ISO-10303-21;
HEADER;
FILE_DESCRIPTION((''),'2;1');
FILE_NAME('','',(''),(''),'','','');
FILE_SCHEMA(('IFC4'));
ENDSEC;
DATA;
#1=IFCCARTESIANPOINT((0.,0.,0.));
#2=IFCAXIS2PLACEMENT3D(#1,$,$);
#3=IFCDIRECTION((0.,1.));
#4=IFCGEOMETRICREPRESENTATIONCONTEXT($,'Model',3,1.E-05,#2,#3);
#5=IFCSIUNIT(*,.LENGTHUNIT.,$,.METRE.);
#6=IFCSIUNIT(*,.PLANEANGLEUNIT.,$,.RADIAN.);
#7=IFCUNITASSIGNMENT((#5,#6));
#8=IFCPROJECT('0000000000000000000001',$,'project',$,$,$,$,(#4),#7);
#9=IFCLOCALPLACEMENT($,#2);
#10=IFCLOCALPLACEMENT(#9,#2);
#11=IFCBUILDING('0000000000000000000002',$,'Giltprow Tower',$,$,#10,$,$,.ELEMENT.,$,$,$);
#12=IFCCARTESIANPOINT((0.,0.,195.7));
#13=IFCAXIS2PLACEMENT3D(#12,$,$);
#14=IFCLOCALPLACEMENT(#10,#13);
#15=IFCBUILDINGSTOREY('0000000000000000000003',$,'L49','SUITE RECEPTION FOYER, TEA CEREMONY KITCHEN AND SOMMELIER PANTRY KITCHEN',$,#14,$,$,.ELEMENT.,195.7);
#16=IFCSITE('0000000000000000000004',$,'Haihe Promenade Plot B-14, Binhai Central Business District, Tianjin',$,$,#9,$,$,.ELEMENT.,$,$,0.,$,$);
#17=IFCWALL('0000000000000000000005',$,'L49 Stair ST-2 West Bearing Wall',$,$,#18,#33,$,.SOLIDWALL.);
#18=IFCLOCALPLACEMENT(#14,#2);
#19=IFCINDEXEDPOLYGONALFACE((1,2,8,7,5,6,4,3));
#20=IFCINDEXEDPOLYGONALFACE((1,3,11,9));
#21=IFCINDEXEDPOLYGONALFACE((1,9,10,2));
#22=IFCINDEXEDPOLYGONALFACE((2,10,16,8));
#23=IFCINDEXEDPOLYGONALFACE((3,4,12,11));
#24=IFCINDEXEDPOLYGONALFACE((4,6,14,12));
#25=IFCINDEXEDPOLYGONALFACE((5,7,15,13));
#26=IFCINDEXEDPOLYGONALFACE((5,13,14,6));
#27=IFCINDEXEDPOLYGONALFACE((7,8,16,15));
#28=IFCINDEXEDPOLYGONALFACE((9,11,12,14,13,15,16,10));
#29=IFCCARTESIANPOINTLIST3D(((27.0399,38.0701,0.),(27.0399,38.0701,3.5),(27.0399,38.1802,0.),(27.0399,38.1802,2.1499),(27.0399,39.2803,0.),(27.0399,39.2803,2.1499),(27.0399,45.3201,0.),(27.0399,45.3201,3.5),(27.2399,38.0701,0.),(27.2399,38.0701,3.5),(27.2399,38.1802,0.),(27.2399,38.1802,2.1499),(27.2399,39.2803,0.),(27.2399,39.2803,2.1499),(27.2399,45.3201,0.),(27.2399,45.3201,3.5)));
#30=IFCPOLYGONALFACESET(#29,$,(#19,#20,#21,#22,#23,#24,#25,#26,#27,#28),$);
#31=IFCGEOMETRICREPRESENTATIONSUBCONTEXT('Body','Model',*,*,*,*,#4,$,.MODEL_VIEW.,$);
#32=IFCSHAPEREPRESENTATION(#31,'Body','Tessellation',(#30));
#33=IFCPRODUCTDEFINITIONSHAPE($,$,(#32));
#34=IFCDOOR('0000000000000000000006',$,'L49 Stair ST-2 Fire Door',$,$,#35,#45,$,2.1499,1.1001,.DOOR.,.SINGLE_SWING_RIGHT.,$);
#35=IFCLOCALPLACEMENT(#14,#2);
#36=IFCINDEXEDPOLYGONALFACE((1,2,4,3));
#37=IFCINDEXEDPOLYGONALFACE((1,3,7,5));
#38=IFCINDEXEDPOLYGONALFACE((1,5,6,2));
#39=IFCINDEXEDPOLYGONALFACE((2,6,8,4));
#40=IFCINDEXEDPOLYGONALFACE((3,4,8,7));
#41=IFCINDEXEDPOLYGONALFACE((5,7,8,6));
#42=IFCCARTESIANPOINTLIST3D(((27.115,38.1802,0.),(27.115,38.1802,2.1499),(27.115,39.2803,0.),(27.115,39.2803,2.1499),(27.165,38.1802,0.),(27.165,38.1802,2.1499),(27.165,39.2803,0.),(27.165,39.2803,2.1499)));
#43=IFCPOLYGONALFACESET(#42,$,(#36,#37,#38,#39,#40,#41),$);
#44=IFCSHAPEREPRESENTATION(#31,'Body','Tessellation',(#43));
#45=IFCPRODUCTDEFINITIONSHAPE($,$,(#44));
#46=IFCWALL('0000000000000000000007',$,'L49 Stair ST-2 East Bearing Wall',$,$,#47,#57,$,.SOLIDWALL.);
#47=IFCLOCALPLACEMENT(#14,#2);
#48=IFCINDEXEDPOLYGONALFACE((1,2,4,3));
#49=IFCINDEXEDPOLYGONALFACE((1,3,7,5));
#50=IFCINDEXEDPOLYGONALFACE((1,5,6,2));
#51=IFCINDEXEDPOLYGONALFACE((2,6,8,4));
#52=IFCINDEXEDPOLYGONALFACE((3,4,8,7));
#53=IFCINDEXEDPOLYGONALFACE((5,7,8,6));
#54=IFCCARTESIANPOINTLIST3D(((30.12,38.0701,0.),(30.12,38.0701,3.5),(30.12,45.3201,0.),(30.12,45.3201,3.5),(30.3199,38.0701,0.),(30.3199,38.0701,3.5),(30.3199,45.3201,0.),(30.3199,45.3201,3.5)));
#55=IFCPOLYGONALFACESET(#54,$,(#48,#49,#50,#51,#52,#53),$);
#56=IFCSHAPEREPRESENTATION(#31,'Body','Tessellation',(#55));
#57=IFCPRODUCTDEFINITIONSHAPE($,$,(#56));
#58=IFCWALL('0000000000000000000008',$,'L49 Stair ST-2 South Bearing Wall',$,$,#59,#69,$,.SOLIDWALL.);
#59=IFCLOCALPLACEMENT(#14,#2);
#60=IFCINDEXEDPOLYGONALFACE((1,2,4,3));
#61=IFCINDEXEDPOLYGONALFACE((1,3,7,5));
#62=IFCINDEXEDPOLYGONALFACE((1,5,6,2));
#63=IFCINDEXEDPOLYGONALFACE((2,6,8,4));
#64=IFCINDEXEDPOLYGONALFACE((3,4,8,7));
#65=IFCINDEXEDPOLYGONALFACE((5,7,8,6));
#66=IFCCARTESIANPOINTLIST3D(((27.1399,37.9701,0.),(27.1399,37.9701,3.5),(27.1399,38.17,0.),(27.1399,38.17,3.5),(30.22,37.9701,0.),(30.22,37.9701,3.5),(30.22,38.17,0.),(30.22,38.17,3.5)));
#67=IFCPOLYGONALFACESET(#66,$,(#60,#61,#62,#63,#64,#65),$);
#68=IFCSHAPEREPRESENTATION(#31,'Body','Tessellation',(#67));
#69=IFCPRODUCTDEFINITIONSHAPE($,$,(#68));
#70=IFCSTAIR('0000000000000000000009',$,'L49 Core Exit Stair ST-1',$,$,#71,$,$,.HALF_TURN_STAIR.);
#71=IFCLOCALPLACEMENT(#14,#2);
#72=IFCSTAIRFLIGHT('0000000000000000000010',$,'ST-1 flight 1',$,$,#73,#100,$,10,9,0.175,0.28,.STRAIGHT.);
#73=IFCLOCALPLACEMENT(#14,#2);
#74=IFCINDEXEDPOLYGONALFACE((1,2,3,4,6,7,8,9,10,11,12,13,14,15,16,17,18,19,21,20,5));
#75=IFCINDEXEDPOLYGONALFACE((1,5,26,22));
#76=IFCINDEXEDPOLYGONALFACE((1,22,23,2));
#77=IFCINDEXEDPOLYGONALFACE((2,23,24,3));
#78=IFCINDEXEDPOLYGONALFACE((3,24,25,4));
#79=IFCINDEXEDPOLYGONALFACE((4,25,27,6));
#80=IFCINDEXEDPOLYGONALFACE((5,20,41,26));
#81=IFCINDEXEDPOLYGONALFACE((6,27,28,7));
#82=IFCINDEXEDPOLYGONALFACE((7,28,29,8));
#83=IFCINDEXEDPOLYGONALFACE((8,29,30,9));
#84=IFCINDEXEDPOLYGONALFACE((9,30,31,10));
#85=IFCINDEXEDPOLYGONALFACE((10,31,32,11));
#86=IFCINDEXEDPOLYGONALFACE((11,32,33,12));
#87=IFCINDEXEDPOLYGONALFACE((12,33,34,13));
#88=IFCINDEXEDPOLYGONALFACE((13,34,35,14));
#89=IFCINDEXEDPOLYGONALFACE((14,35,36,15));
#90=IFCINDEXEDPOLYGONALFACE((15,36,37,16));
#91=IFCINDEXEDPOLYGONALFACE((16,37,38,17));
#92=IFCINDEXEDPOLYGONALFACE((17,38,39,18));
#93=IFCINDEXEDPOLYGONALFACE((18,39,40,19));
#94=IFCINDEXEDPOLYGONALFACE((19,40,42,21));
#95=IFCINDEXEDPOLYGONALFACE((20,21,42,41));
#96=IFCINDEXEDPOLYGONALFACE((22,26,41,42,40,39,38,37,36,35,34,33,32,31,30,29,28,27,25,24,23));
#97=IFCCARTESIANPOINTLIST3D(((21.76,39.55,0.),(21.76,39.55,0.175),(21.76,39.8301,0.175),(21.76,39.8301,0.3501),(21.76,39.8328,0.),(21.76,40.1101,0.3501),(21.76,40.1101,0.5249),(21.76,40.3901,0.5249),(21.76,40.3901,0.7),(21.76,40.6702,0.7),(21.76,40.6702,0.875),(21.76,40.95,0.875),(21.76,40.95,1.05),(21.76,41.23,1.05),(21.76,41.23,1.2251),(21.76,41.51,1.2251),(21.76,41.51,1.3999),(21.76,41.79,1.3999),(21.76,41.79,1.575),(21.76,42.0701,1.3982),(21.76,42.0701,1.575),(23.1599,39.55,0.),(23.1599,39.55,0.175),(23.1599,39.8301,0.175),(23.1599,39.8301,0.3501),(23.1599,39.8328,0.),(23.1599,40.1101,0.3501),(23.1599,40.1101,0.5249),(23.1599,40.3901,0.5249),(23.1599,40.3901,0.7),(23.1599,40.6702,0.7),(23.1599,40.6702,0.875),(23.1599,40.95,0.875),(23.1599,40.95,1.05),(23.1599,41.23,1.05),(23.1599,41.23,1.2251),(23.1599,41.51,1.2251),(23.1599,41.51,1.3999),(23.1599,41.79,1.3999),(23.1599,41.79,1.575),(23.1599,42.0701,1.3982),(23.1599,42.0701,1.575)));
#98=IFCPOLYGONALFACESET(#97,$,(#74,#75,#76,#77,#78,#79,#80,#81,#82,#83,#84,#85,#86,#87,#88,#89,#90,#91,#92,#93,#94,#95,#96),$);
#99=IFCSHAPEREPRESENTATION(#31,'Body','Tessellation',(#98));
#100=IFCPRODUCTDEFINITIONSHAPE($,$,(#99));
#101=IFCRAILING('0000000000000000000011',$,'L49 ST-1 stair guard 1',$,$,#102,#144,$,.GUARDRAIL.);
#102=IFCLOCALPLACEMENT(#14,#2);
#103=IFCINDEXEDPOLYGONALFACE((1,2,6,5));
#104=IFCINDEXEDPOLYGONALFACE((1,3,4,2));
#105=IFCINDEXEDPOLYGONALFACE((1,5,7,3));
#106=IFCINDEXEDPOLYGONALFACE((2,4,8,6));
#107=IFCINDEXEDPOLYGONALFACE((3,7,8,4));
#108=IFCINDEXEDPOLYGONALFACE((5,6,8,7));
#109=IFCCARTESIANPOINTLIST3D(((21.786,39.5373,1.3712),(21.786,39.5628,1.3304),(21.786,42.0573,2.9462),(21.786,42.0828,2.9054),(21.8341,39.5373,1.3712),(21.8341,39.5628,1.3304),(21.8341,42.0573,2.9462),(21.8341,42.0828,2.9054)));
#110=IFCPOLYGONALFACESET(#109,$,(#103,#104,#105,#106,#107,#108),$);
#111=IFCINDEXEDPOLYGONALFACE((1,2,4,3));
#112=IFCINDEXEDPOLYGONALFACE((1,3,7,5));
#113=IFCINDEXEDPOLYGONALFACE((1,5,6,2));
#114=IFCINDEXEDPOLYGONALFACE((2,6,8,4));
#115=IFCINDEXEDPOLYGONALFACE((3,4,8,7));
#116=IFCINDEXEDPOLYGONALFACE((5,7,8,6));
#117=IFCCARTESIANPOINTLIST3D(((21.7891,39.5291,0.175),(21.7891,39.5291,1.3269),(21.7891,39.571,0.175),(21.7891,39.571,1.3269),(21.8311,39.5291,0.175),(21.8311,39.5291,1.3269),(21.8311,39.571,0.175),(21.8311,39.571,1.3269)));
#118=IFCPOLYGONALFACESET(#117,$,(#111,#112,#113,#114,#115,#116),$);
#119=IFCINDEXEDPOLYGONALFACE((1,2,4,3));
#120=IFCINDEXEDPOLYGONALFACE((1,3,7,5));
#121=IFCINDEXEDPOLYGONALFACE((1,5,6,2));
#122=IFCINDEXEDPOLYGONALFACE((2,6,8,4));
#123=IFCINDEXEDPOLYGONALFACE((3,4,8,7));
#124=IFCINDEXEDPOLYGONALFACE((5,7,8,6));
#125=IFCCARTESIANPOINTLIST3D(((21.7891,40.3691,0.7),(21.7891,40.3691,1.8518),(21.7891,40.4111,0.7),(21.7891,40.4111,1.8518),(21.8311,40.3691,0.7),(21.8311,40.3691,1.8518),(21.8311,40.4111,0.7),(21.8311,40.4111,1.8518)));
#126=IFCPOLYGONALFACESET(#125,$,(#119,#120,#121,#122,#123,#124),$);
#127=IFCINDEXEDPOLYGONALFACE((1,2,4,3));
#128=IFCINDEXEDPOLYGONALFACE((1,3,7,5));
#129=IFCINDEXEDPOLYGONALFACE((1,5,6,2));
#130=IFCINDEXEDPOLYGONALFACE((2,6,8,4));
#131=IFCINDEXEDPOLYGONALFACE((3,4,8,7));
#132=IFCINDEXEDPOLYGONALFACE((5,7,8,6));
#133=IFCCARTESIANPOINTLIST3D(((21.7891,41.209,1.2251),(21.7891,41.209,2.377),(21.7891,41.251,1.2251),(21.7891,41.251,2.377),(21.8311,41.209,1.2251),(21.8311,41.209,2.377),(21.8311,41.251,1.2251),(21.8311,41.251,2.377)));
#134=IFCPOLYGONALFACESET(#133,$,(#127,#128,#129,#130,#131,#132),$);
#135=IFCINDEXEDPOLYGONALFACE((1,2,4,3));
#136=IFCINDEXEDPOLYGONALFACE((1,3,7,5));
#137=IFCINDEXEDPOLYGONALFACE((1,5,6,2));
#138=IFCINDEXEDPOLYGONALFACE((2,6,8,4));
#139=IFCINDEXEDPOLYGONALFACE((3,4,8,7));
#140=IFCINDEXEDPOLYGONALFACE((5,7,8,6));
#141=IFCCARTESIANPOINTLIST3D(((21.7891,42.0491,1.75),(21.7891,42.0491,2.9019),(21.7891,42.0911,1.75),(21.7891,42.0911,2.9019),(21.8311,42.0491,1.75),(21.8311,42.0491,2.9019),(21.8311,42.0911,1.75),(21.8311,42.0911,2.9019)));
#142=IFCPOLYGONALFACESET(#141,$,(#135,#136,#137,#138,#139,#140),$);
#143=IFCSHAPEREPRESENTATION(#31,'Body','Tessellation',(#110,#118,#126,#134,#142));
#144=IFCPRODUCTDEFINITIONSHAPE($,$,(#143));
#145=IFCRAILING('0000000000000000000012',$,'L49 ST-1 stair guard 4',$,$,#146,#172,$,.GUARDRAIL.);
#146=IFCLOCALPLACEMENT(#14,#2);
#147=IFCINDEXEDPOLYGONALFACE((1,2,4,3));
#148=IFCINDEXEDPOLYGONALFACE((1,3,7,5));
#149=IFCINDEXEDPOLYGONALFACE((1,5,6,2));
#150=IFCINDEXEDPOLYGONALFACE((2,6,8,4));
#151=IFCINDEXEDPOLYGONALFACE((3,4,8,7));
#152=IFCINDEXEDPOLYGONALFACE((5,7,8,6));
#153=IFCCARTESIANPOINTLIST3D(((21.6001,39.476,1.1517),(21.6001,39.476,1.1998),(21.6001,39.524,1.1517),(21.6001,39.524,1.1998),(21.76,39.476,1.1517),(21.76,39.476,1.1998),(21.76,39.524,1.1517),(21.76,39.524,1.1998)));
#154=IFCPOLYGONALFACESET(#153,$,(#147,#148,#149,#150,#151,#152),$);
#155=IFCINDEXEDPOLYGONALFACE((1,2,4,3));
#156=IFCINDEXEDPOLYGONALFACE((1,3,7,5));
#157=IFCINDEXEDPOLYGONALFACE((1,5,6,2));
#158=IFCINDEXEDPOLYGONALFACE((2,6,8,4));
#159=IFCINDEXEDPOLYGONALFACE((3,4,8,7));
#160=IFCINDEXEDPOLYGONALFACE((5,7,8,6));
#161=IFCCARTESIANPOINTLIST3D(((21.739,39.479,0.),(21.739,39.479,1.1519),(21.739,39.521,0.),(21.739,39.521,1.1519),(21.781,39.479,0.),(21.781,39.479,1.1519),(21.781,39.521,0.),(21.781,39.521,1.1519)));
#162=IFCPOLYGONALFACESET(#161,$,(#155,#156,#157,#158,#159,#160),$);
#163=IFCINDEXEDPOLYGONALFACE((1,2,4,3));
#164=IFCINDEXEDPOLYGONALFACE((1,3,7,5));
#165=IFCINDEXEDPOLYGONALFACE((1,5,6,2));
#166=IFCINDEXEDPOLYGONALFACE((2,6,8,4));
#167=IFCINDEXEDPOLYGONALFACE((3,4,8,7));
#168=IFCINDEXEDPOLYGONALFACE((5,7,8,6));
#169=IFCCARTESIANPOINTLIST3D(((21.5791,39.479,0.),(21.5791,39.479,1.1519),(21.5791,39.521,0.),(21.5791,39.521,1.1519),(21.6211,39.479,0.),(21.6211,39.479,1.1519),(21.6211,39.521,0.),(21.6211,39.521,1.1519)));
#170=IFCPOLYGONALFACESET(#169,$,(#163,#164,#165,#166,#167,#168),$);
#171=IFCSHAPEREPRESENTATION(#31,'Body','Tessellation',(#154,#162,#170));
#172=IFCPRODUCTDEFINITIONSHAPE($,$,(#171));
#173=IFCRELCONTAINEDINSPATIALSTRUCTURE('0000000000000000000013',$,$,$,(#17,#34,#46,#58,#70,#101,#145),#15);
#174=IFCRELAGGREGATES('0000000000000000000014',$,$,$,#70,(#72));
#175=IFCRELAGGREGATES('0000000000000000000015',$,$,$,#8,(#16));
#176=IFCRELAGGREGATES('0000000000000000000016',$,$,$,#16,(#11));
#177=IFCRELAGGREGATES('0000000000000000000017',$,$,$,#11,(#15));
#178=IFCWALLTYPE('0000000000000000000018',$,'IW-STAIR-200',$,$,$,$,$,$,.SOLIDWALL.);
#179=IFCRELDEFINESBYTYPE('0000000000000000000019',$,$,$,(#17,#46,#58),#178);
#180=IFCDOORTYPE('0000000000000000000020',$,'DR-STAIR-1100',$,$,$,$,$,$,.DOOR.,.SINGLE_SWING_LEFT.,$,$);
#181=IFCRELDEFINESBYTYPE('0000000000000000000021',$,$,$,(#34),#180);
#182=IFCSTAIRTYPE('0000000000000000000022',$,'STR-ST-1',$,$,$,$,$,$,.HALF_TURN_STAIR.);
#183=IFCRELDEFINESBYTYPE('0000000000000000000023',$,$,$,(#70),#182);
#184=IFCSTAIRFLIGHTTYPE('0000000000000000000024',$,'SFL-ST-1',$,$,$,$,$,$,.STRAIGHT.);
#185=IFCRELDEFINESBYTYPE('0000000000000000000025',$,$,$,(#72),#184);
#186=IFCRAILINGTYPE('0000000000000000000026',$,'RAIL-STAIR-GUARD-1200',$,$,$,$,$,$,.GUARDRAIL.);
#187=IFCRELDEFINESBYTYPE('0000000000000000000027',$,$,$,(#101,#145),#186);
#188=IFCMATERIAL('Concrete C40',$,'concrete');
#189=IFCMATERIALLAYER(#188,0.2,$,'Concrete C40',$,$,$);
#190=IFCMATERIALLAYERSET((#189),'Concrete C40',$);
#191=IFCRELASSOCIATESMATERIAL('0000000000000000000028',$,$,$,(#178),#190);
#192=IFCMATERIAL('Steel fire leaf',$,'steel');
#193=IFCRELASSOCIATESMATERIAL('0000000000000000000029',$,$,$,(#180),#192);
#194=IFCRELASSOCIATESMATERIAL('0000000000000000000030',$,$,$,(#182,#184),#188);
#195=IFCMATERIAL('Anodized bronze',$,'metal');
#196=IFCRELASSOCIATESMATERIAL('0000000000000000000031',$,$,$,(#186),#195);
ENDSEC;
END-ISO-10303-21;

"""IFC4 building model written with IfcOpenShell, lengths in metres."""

from ifc_helpers import new_model, si_unit, direction, frame, frame_2d, origin, origin_2d, place, context, subcontext, project, spatial, polyline, rectangle, outline, extrude, source, transform, mapped, material, layer, layer_set, type_object, element, fill, aggregate, save


model = new_model("IFC4")

# Units and contexts
model_context = context("Model", 3, precision=1e-05, world=origin(), true_north=direction((0.0, 1.0)))
body_context = subcontext(model_context, "Body", "Model", "MODEL_VIEW")
ifc_project = project(units=[si_unit("LENGTHUNIT", "METRE"), si_unit("PLANEANGLEUNIT", "RADIAN")], contexts=[model_context])

# Site, building, storey
site_placement = place(None, origin())
site = spatial("IfcSite", under=ifc_project, at=site_placement, Name="Haihe Promenade Plot B-14, Binhai Central Business District, Tianjin", CompositionType="ELEMENT", RefElevation=0.0)
building_placement = place(site_placement, origin())
building = spatial("IfcBuilding", under=site, at=building_placement, Name="Giltprow Tower", CompositionType="ELEMENT")
storey_placement = place(building_placement, frame((0.0, 0.0, 195.7)))
storey = spatial("IfcBuildingStorey", under=building, at=storey_placement, Name="L49", Description="SUITE RECEPTION FOYER, TEA CEREMONY KITCHEN AND SOMMELIER PANTRY KITCHEN", CompositionType="ELEMENT", Elevation=195.7)

# Wall, opening, door
ifc_material_1 = material(Name="Concrete C40", Category="concrete")
ifc_layer = layer(ifc_material_1, 0.2, Name="Concrete C40")
ifc_layer_set = layer_set([ifc_layer], Name="Concrete C40")
wall_type = type_object("IfcWallType", Name="IW-STAIR-200", PredefinedType="SOLIDWALL", material=ifc_layer_set)
ifc_material_2 = material(Name="Steel fire leaf", Category="steel")
door_type = type_object("IfcDoorType", Name="DR-STAIR-1100", OperationType="SINGLE_SWING_LEFT", PredefinedType="DOOR", material=ifc_material_2)
shared_shape_1 = source(origin(), body_context, "Body", "SweptSolid", [
    extrude(rectangle(XDim=1.1001, YDim=2.1499, at=frame_2d((0.55, 1.075))), frame((0.0, 0.0249, 0.0), z_axis=(0.0, -1.0, 0.0), x_axis=(1.0, 0.0, 0.0)), (0.0, 0.0, 1.0), 0.05),
])
wall_1_placement = place(storey_placement, frame((27.1399, 38.0701, 0.0), z_axis=(0.0, 0.0, 1.0), x_axis=(0.0, 1.0, 0.0)))
wall_1 = element("IfcWall", 1, at=wall_1_placement, inside=storey, type_object=wall_type, Name="L49 Stair ST-2 West Bearing Wall", PredefinedType="SOLIDWALL", context=body_context, shape_type="SweptSolid", body=[
    extrude(rectangle(XDim=7.25, YDim=0.2, at=frame_2d((3.625, 0.0))), origin(), (0.0, 0.0, 1.0), 3.5),
])
opening_1_placement = place(wall_1_placement, frame((0.1101, 0.0, 0.0)))
opening_1 = element("IfcOpeningElement", 2, at=opening_1_placement, cuts=wall_1, PredefinedType="OPENING", context=body_context, shape_type="SweptSolid", body=[
    extrude(rectangle(XDim=1.1001, YDim=2.1499, at=frame_2d((0.55, 1.075))), frame((0.0, 0.1099, 0.0), z_axis=(0.0, -1.0, 0.0), x_axis=(1.0, 0.0, 0.0)), (0.0, 0.0, 1.0), 0.22),
])
door_1_placement = place(opening_1_placement, origin())
door_1 = element("IfcDoor", 3, at=door_1_placement, inside=storey, type_object=door_type, Name="L49 Stair ST-2 Fire Door", OperationType="SINGLE_SWING_RIGHT", OverallHeight=2.1499, OverallWidth=1.1001, PredefinedType="DOOR", context=body_context, shape_type="MappedRepresentation", body=[
    mapped(shared_shape_1, transform((0.0, 0.0, 0.0), x_axis=(1.0, 0.0, 0.0), y_axis=(0.0, 1.0, 0.0), z_axis=(0.0, 0.0, 1.0), scale=1.0)),
])
fill(opening_1, door_1)

# Walls
wall_2_placement = place(storey_placement, frame((30.22, 38.0701, 0.0), z_axis=(0.0, 0.0, 1.0), x_axis=(0.0, 1.0, 0.0)))
element("IfcWall", 4, at=wall_2_placement, inside=storey, type_object=wall_type, Name="L49 Stair ST-2 East Bearing Wall", PredefinedType="SOLIDWALL", context=body_context, shape_type="SweptSolid", body=[
    extrude(rectangle(XDim=7.25, YDim=0.2, at=frame_2d((3.625, 0.0))), origin(), (0.0, 0.0, 1.0), 3.5),
])
wall_3_placement = place(storey_placement, frame((27.1399, 38.0701, 0.0), z_axis=(0.0, 0.0, 1.0), x_axis=(1.0, 0.0, 0.0)))
element("IfcWall", 5, at=wall_3_placement, inside=storey, type_object=wall_type, Name="L49 Stair ST-2 South Bearing Wall", PredefinedType="SOLIDWALL", context=body_context, shape_type="SweptSolid", body=[
    extrude(rectangle(XDim=3.0801, YDim=0.2, at=frame_2d((1.54, 0.0))), origin(), (0.0, 0.0, 1.0), 3.5),
])

# Stair, stair flight
stair_type = type_object("IfcStairType", Name="STR-ST-1", PredefinedType="HALF_TURN_STAIR", material=ifc_material_1)
stair_placement = place(storey_placement, origin())
stair = element("IfcStair", 6, at=stair_placement, inside=storey, type_object=stair_type, Name="L49 Core Exit Stair ST-1", PredefinedType="HALF_TURN_STAIR")
stair_flight_type = type_object("IfcStairFlightType", Name="SFL-ST-1", PredefinedType="STRAIGHT", material=ifc_material_1)
stair_flight_placement = place(storey_placement, frame((22.46, 39.55, 0.0), z_axis=(0.0, 0.0, 1.0), x_axis=(0.0, 1.0, 0.0)))
stair_flight = element("IfcStairFlight", 7, at=stair_flight_placement, type_object=stair_flight_type, Name="ST-1 flight 1", NumberOfRisers=10, NumberOfTreads=9, PredefinedType="STRAIGHT", RiserHeight=0.175, TreadLength=0.28, context=body_context, shape_type="SweptSolid", body=[
    extrude(outline(polyline([(0.0, 0.0), (0.0, 0.175), (0.28, 0.175), (0.28, 0.3501), (0.5601, 0.3501), (0.5601, 0.5249), (0.8401, 0.5249), (0.8401, 0.7), (1.1201, 0.7), (1.1201, 0.875), (1.3999, 0.875), (1.3999, 1.05), (1.6799, 1.05), (1.6799, 1.2251), (1.96, 1.2251), (1.96, 1.3999), (2.24, 1.3999), (2.24, 1.575), (2.52, 1.575), (2.52, 1.75), (2.52, 1.3982), (0.2827, 0.0), (0.0, 0.0)])), frame((0.0, 0.7, 0.0), z_axis=(0.0, -1.0, 0.0), x_axis=(1.0, 0.0, 0.0)), (0.0, 0.0, 1.0), 1.3999),
])
aggregate(stair, [stair_flight])

# Railings
ifc_material_3 = material(Name="Anodized bronze", Category="metal")
railing_type_1 = type_object("IfcRailingType", Name="RAIL-STAIR-GUARD-1200", PredefinedType="GUARDRAIL", material=ifc_material_3)
railing_1_placement = place(storey_placement, frame((21.8101, 39.55, 0.175)))
element("IfcRailing", 8, at=railing_1_placement, inside=storey, type_object=railing_type_1, Name="L49 ST-1 stair guard 1", PredefinedType="GUARDRAIL", context=body_context, shape_type="SweptSolid", body=[
    extrude(rectangle(XDim=0.0481, YDim=0.0481, at=origin_2d()), frame((0.0, 0.0, 1.1758), z_axis=(0.0, 0.848008, 0.529984), x_axis=(-1.0, 0.0, 0.0)), (0.0, 0.0, 1.0), 2.9717),
    extrude(rectangle(XDim=0.042, YDim=0.042, at=origin_2d()), origin(), (0.0, 0.0, 1.0), 1.1519),
    extrude(rectangle(XDim=0.042, YDim=0.042, at=origin_2d()), frame((0.0, 0.8401, 0.5249)), (0.0, 0.0, 1.0), 1.1519),
    extrude(rectangle(XDim=0.042, YDim=0.042, at=origin_2d()), frame((0.0, 1.6799, 1.05)), (0.0, 0.0, 1.0), 1.1519),
    extrude(rectangle(XDim=0.042, YDim=0.042, at=origin_2d()), frame((0.0, 2.52, 1.575)), (0.0, 0.0, 1.0), 1.1519),
])
railing_2_placement = place(storey_placement, frame((21.76, 39.5, 0.0)))
element("IfcRailing", 9, at=railing_2_placement, inside=storey, type_object=railing_type_1, Name="L49 ST-1 stair guard 4", PredefinedType="GUARDRAIL", context=body_context, shape_type="SweptSolid", body=[
    extrude(rectangle(XDim=0.0481, YDim=0.0481, at=origin_2d()), frame((0.0, 0.0, 1.1758), z_axis=(-1.0, 0.0, 0.0), x_axis=(0.0, -1.0, 0.0)), (0.0, 0.0, 1.0), 0.1599),
    extrude(rectangle(XDim=0.042, YDim=0.042, at=origin_2d()), origin(), (0.0, 0.0, 1.0), 1.1519),
    extrude(rectangle(XDim=0.042, YDim=0.042, at=origin_2d()), frame((-0.1599, 0.0, 0.0)), (0.0, 0.0, 1.0), 1.1519),
])

save(model, "model.ifc")
